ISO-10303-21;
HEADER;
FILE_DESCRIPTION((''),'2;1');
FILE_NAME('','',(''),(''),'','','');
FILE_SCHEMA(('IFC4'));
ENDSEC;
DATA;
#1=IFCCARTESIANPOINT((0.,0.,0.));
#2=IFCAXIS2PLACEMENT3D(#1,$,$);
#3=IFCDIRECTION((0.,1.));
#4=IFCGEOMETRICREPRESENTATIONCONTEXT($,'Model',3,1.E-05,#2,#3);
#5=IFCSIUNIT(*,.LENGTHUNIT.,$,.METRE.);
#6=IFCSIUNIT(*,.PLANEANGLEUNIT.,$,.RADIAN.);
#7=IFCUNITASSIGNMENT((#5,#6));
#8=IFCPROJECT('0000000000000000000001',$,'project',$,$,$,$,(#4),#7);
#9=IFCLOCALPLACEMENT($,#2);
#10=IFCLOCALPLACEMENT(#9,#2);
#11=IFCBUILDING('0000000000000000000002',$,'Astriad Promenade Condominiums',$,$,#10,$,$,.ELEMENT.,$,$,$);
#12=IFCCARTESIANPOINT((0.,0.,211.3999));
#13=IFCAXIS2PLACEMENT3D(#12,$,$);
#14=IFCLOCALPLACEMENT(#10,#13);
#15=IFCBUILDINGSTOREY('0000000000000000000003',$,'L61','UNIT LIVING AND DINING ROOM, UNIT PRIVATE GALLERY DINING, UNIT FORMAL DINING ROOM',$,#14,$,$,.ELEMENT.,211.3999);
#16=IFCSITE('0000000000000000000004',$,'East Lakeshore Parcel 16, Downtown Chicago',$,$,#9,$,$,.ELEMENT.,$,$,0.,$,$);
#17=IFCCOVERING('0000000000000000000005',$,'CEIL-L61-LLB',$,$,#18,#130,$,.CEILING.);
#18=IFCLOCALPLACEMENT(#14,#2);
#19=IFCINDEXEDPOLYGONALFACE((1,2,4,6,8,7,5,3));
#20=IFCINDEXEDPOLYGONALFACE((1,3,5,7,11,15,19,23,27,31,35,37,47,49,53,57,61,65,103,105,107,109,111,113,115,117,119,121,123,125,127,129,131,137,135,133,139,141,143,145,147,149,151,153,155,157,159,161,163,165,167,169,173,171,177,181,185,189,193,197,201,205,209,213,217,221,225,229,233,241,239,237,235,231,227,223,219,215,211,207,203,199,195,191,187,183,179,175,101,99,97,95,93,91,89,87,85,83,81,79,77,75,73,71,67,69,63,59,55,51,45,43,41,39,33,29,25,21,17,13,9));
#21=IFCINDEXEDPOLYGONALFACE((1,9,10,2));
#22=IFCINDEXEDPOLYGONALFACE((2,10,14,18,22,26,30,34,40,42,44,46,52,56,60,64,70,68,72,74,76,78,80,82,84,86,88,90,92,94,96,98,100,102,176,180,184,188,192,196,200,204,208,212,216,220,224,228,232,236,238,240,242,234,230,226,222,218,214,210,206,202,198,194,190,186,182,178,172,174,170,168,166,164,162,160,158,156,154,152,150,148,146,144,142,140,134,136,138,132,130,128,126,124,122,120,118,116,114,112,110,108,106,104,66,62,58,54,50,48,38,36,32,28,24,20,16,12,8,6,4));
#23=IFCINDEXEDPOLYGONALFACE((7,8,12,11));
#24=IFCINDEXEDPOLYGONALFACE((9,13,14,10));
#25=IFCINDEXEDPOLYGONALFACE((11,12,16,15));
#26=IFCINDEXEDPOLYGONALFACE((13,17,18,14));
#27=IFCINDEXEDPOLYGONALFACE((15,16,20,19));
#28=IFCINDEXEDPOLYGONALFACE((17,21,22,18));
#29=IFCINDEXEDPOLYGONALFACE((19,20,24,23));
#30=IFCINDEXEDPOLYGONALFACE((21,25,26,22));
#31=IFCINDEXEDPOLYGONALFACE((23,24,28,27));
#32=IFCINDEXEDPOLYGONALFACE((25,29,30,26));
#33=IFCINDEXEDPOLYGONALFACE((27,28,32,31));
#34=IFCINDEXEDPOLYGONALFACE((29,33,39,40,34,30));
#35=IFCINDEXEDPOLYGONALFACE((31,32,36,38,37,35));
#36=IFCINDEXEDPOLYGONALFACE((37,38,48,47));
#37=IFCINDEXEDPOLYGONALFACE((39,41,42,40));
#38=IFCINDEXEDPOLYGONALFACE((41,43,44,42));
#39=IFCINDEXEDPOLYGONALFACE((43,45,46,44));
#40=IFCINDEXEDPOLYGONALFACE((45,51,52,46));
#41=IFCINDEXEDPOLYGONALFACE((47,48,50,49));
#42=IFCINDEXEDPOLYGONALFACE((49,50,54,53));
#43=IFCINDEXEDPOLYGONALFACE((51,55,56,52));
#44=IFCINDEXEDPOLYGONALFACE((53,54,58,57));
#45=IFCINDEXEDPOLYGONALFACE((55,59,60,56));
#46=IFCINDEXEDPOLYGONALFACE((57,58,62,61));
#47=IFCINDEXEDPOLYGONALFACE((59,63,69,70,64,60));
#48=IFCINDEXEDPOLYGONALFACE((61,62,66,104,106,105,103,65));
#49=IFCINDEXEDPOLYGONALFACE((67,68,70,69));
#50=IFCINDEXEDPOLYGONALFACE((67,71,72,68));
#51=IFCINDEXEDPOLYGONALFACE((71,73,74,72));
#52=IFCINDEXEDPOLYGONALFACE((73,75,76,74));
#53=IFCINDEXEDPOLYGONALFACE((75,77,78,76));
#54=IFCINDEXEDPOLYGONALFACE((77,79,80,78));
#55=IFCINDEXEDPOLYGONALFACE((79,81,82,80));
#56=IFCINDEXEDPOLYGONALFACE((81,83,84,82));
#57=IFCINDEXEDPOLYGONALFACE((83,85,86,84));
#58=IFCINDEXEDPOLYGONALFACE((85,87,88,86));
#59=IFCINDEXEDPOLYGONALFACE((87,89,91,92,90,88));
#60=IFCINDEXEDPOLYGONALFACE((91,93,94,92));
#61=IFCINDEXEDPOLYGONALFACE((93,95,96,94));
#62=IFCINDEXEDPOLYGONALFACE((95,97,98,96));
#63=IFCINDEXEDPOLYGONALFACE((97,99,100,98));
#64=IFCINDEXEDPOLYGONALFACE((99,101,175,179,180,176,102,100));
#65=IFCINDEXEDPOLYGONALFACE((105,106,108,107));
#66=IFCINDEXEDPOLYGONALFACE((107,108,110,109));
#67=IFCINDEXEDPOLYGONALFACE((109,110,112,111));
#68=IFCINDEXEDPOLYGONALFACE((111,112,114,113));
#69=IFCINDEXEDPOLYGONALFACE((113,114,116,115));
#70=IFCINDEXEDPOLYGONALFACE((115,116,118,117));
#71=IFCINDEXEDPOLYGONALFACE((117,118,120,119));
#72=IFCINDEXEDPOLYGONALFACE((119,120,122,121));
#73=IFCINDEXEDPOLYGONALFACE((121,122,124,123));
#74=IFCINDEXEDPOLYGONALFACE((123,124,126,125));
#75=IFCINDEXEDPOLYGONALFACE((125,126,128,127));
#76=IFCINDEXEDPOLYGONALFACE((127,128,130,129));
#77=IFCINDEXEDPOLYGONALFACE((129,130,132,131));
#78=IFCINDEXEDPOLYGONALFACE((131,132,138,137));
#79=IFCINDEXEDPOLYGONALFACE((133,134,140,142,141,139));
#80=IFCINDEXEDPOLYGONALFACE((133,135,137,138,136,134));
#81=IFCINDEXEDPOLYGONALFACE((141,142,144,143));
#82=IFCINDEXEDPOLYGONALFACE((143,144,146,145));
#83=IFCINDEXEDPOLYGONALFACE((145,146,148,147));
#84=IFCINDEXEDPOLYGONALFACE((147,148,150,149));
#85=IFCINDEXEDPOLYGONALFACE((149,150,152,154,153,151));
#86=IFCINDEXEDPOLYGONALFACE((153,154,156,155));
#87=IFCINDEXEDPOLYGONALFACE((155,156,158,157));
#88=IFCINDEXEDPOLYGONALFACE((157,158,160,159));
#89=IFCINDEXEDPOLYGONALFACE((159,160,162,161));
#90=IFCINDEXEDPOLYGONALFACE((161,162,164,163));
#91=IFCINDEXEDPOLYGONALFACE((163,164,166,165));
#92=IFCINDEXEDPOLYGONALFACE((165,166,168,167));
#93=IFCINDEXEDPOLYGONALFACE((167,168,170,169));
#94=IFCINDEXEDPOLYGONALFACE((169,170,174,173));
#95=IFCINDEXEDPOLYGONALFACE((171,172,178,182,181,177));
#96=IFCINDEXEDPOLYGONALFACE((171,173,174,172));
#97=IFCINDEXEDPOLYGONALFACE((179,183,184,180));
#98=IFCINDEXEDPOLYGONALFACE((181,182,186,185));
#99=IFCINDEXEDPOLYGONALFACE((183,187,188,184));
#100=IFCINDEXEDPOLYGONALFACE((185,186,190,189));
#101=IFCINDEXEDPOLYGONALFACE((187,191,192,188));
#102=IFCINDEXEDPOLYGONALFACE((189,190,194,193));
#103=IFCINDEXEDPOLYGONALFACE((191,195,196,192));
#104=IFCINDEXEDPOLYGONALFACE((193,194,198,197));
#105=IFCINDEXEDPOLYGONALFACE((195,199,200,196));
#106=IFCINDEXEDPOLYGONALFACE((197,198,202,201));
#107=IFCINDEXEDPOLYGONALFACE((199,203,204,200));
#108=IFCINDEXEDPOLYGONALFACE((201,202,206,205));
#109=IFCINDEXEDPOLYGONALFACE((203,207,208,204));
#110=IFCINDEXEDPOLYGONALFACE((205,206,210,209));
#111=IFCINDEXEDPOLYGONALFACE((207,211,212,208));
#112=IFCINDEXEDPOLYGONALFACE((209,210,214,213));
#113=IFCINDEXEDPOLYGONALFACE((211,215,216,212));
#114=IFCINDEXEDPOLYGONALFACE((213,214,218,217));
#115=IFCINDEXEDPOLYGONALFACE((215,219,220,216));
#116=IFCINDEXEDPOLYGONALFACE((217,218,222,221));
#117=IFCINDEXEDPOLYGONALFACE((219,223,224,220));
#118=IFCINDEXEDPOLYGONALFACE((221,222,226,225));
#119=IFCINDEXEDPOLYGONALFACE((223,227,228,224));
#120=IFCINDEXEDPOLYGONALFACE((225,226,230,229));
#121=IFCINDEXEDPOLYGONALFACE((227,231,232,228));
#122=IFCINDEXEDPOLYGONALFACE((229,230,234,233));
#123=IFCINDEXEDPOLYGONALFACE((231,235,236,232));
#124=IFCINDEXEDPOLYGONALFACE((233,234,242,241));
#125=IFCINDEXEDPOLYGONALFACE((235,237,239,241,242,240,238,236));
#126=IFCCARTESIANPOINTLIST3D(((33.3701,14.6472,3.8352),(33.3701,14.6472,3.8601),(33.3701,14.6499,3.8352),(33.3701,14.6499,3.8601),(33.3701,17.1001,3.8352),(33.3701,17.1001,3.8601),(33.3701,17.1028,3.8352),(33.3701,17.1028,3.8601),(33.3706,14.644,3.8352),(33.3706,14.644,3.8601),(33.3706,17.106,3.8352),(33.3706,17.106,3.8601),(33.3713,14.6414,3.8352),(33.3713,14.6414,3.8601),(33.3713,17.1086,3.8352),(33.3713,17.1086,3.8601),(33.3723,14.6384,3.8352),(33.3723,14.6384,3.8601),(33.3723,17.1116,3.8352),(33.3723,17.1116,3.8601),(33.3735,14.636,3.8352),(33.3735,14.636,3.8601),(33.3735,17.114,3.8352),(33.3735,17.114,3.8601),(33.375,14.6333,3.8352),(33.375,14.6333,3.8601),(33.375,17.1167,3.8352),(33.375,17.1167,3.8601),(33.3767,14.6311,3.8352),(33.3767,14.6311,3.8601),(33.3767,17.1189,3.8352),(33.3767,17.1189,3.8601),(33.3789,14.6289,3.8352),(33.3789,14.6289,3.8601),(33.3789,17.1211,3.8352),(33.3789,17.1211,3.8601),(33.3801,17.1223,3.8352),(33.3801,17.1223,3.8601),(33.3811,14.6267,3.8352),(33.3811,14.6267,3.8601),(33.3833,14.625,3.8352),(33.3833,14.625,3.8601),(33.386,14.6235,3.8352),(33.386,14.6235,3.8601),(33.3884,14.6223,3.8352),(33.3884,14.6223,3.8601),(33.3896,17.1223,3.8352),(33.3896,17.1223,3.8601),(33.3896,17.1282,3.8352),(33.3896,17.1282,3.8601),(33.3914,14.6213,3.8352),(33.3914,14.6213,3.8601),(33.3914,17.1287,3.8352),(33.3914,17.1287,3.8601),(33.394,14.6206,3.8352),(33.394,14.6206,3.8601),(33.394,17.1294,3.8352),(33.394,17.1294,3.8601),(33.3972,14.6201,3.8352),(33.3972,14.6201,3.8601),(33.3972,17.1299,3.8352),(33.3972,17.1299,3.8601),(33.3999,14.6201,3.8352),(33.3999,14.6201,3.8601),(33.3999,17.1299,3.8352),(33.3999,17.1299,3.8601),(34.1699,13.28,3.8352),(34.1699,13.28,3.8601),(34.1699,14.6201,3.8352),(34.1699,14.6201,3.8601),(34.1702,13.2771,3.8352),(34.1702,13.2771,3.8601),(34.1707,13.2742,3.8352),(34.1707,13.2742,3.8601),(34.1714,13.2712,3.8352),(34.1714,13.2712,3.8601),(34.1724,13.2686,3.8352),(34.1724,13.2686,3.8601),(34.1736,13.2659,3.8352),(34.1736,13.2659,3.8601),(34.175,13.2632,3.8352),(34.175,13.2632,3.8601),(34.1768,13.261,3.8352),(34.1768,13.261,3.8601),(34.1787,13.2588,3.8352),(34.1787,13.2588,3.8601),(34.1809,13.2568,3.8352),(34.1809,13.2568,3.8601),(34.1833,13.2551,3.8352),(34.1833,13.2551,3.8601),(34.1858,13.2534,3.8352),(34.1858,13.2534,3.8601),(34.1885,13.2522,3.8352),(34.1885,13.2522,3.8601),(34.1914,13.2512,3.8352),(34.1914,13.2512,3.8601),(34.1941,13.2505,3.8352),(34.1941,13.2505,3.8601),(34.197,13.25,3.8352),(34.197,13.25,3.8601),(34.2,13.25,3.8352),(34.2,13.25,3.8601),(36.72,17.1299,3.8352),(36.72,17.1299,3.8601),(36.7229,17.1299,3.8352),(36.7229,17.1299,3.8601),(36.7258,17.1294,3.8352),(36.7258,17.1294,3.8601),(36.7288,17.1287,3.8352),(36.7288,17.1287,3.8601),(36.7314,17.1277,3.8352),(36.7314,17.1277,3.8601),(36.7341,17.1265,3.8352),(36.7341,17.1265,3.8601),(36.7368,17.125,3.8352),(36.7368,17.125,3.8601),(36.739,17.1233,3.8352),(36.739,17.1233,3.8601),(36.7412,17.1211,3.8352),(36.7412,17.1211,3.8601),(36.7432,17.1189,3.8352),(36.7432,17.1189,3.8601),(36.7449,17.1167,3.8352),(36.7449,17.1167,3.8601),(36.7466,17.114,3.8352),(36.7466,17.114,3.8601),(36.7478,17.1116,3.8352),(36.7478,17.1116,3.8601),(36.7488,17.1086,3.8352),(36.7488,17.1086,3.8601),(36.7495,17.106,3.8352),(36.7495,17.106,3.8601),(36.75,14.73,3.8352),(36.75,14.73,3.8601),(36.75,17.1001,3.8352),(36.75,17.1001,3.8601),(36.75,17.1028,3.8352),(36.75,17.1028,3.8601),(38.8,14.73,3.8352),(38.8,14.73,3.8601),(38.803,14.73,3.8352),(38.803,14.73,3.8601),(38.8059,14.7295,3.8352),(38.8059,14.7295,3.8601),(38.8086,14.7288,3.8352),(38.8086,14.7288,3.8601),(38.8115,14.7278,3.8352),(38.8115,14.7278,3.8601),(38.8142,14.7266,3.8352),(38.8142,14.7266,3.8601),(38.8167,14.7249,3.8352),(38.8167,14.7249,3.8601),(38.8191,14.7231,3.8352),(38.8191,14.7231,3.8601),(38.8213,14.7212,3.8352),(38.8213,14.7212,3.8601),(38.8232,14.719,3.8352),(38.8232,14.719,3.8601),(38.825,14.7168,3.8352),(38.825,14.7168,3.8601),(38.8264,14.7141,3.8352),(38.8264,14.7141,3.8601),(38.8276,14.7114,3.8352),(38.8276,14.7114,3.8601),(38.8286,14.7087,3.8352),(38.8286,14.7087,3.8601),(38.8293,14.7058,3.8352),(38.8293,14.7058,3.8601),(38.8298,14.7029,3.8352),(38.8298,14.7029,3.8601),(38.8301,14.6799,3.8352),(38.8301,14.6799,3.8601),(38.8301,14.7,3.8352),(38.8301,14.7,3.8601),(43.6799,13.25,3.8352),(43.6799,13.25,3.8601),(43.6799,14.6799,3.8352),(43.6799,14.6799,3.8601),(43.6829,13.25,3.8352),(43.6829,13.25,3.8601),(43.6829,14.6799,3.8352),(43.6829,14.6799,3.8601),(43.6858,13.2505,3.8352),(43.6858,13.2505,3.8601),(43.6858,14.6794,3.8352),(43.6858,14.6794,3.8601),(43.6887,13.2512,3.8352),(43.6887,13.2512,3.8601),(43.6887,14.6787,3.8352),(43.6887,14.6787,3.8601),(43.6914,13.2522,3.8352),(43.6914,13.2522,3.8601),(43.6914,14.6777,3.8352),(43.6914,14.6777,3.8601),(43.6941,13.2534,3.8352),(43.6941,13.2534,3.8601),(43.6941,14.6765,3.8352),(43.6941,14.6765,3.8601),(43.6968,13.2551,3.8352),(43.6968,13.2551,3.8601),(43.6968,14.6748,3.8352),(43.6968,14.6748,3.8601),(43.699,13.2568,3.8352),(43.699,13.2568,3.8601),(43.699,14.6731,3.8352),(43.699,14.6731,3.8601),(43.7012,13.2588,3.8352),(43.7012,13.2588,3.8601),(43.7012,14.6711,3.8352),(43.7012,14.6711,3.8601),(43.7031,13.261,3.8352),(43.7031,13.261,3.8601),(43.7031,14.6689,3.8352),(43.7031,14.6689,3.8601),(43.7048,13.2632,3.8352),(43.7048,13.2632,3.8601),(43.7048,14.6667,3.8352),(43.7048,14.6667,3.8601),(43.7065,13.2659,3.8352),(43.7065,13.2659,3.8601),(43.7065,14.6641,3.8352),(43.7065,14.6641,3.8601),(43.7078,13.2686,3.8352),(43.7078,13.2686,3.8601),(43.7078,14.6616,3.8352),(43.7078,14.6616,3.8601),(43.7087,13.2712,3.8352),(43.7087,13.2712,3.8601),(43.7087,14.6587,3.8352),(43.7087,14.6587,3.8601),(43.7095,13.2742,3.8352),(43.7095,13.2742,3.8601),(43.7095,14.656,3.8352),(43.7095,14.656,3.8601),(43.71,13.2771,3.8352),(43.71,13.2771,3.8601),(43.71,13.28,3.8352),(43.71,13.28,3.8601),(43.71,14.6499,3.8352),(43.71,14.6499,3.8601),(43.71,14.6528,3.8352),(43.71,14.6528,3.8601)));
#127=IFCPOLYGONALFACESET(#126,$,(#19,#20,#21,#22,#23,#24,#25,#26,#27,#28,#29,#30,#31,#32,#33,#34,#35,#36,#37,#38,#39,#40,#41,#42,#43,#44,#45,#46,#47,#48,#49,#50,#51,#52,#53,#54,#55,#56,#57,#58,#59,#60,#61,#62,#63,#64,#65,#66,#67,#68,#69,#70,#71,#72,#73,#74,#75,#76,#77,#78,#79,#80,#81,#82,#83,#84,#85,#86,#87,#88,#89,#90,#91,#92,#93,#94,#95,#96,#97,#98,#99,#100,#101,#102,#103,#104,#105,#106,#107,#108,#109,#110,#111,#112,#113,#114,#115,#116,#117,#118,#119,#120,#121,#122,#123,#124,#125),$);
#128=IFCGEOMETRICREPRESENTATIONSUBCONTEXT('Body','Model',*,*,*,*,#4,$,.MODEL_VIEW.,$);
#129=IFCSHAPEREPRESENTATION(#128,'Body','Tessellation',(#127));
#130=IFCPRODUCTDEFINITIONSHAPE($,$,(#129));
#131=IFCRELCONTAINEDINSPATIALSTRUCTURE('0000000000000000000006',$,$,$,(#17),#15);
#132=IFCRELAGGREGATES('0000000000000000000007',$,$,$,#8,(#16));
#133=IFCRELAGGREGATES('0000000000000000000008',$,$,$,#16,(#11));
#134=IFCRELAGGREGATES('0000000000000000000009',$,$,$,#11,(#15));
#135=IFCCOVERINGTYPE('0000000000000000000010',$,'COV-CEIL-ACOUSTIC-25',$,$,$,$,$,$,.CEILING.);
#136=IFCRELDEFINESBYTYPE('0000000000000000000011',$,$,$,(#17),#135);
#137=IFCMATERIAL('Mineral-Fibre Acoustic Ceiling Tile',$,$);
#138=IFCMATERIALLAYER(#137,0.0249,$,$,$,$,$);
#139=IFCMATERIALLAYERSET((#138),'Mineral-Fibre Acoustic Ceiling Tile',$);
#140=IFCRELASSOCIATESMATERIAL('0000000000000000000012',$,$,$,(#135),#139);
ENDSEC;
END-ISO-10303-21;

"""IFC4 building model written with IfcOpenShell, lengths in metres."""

from ifc_helpers import new_model, si_unit, direction, frame, origin, place, context, subcontext, project, spatial, polyline, outline, extrude, material, layer, layer_set, type_object, element, save


model = new_model("IFC4")

# Units and contexts
model_context = context("Model", 3, precision=1e-05, world=origin(), true_north=direction((0.0, 1.0)))
body_context = subcontext(model_context, "Body", "Model", "MODEL_VIEW")
ifc_project = project(units=[si_unit("LENGTHUNIT", "METRE"), si_unit("PLANEANGLEUNIT", "RADIAN")], contexts=[model_context])

# Site, building, storey
site_placement = place(None, origin())
site = spatial("IfcSite", under=ifc_project, at=site_placement, Name="East Lakeshore Parcel 16, Downtown Chicago", CompositionType="ELEMENT", RefElevation=0.0)
building_placement = place(site_placement, origin())
building = spatial("IfcBuilding", under=site, at=building_placement, Name="Astriad Promenade Condominiums", CompositionType="ELEMENT")
storey_placement = place(building_placement, frame((0.0, 0.0, 211.3999)))
storey = spatial("IfcBuildingStorey", under=building, at=storey_placement, Name="L61", Description="UNIT LIVING AND DINING ROOM, UNIT PRIVATE GALLERY DINING, UNIT FORMAL DINING ROOM", CompositionType="ELEMENT", Elevation=211.3999)

# Covering
ifc_material_1 = material(Name="Mineral-Fibre Acoustic Ceiling Tile")
ifc_layer_1 = layer(ifc_material_1, 0.0249)
ifc_layer_set_1 = layer_set([ifc_layer_1], Name="Mineral-Fibre Acoustic Ceiling Tile")
covering_type_1 = type_object("IfcCoveringType", Name="COV-CEIL-ACOUSTIC-25", PredefinedType="CEILING", material=ifc_layer_set_1)
covering_1_placement = place(storey_placement, frame((0.0, 0.0, 3.8352)))
element("IfcCovering", 1, at=covering_1_placement, inside=storey, type_object=covering_type_1, Name="CEIL-L61-LLB", PredefinedType="CEILING", context=body_context, shape_type="SweptSolid", body=[
    extrude(outline(polyline([(43.71, 13.2771), (43.7095, 13.2742), (43.7087, 13.2712), (43.7078, 13.2686), (43.7065, 13.2659), (43.7048, 13.2632), (43.7031, 13.261), (43.7012, 13.2588), (43.699, 13.2568), (43.6968, 13.2551), (43.6941, 13.2534), (43.6914, 13.2522), (43.6887, 13.2512), (43.6858, 13.2505), (43.6829, 13.25), (43.6799, 13.25), (34.2, 13.25), (34.197, 13.25), (34.1941, 13.2505), (34.1914, 13.2512), (34.1885, 13.2522), (34.1858, 13.2534), (34.1833, 13.2551), (34.1809, 13.2568), (34.1787, 13.2588), (34.1768, 13.261), (34.175, 13.2632), (34.1736, 13.2659), (34.1724, 13.2686), (34.1714, 13.2712), (34.1707, 13.2742), (34.1702, 13.2771), (34.1699, 13.28), (34.1699, 14.6201), (33.3999, 14.6201), (33.3972, 14.6201), (33.394, 14.6206), (33.3914, 14.6213), (33.3884, 14.6223), (33.386, 14.6235), (33.3833, 14.625), (33.3811, 14.6267), (33.3789, 14.6289), (33.3767, 14.6311), (33.375, 14.6333), (33.3735, 14.636), (33.3723, 14.6384), (33.3713, 14.6414), (33.3706, 14.644), (33.3701, 14.6472), (33.3701, 14.6499), (33.3701, 17.1001), (33.3701, 17.1028), (33.3706, 17.106), (33.3713, 17.1086), (33.3723, 17.1116), (33.3735, 17.114), (33.375, 17.1167), (33.3767, 17.1189), (33.3789, 17.1211), (33.3801, 17.1223), (33.3896, 17.1223), (33.3896, 17.1282), (33.3914, 17.1287), (33.394, 17.1294), (33.3972, 17.1299), (33.3999, 17.1299), (36.72, 17.1299), (36.7229, 17.1299), (36.7258, 17.1294), (36.7288, 17.1287), (36.7314, 17.1277), (36.7341, 17.1265), (36.7368, 17.125), (36.739, 17.1233), (36.7412, 17.1211), (36.7432, 17.1189), (36.7449, 17.1167), (36.7466, 17.114), (36.7478, 17.1116), (36.7488, 17.1086), (36.7495, 17.106), (36.75, 17.1028), (36.75, 17.1001), (36.75, 14.73), (38.8, 14.73), (38.803, 14.73), (38.8059, 14.7295), (38.8086, 14.7288), (38.8115, 14.7278), (38.8142, 14.7266), (38.8167, 14.7249), (38.8191, 14.7231), (38.8213, 14.7212), (38.8232, 14.719), (38.825, 14.7168), (38.8264, 14.7141), (38.8276, 14.7114), (38.8286, 14.7087), (38.8293, 14.7058), (38.8298, 14.7029), (38.8301, 14.7), (38.8301, 14.6799), (43.6799, 14.6799), (43.6829, 14.6799), (43.6858, 14.6794), (43.6887, 14.6787), (43.6914, 14.6777), (43.6941, 14.6765), (43.6968, 14.6748), (43.699, 14.6731), (43.7012, 14.6711), (43.7031, 14.6689), (43.7048, 14.6667), (43.7065, 14.6641), (43.7078, 14.6616), (43.7087, 14.6587), (43.7095, 14.656), (43.71, 14.6528), (43.71, 14.6499), (43.71, 13.28), (43.71, 13.2771)])), origin(), (0.0, 0.0, 1.0), 0.0249),
])

save(model, "model.ifc")
